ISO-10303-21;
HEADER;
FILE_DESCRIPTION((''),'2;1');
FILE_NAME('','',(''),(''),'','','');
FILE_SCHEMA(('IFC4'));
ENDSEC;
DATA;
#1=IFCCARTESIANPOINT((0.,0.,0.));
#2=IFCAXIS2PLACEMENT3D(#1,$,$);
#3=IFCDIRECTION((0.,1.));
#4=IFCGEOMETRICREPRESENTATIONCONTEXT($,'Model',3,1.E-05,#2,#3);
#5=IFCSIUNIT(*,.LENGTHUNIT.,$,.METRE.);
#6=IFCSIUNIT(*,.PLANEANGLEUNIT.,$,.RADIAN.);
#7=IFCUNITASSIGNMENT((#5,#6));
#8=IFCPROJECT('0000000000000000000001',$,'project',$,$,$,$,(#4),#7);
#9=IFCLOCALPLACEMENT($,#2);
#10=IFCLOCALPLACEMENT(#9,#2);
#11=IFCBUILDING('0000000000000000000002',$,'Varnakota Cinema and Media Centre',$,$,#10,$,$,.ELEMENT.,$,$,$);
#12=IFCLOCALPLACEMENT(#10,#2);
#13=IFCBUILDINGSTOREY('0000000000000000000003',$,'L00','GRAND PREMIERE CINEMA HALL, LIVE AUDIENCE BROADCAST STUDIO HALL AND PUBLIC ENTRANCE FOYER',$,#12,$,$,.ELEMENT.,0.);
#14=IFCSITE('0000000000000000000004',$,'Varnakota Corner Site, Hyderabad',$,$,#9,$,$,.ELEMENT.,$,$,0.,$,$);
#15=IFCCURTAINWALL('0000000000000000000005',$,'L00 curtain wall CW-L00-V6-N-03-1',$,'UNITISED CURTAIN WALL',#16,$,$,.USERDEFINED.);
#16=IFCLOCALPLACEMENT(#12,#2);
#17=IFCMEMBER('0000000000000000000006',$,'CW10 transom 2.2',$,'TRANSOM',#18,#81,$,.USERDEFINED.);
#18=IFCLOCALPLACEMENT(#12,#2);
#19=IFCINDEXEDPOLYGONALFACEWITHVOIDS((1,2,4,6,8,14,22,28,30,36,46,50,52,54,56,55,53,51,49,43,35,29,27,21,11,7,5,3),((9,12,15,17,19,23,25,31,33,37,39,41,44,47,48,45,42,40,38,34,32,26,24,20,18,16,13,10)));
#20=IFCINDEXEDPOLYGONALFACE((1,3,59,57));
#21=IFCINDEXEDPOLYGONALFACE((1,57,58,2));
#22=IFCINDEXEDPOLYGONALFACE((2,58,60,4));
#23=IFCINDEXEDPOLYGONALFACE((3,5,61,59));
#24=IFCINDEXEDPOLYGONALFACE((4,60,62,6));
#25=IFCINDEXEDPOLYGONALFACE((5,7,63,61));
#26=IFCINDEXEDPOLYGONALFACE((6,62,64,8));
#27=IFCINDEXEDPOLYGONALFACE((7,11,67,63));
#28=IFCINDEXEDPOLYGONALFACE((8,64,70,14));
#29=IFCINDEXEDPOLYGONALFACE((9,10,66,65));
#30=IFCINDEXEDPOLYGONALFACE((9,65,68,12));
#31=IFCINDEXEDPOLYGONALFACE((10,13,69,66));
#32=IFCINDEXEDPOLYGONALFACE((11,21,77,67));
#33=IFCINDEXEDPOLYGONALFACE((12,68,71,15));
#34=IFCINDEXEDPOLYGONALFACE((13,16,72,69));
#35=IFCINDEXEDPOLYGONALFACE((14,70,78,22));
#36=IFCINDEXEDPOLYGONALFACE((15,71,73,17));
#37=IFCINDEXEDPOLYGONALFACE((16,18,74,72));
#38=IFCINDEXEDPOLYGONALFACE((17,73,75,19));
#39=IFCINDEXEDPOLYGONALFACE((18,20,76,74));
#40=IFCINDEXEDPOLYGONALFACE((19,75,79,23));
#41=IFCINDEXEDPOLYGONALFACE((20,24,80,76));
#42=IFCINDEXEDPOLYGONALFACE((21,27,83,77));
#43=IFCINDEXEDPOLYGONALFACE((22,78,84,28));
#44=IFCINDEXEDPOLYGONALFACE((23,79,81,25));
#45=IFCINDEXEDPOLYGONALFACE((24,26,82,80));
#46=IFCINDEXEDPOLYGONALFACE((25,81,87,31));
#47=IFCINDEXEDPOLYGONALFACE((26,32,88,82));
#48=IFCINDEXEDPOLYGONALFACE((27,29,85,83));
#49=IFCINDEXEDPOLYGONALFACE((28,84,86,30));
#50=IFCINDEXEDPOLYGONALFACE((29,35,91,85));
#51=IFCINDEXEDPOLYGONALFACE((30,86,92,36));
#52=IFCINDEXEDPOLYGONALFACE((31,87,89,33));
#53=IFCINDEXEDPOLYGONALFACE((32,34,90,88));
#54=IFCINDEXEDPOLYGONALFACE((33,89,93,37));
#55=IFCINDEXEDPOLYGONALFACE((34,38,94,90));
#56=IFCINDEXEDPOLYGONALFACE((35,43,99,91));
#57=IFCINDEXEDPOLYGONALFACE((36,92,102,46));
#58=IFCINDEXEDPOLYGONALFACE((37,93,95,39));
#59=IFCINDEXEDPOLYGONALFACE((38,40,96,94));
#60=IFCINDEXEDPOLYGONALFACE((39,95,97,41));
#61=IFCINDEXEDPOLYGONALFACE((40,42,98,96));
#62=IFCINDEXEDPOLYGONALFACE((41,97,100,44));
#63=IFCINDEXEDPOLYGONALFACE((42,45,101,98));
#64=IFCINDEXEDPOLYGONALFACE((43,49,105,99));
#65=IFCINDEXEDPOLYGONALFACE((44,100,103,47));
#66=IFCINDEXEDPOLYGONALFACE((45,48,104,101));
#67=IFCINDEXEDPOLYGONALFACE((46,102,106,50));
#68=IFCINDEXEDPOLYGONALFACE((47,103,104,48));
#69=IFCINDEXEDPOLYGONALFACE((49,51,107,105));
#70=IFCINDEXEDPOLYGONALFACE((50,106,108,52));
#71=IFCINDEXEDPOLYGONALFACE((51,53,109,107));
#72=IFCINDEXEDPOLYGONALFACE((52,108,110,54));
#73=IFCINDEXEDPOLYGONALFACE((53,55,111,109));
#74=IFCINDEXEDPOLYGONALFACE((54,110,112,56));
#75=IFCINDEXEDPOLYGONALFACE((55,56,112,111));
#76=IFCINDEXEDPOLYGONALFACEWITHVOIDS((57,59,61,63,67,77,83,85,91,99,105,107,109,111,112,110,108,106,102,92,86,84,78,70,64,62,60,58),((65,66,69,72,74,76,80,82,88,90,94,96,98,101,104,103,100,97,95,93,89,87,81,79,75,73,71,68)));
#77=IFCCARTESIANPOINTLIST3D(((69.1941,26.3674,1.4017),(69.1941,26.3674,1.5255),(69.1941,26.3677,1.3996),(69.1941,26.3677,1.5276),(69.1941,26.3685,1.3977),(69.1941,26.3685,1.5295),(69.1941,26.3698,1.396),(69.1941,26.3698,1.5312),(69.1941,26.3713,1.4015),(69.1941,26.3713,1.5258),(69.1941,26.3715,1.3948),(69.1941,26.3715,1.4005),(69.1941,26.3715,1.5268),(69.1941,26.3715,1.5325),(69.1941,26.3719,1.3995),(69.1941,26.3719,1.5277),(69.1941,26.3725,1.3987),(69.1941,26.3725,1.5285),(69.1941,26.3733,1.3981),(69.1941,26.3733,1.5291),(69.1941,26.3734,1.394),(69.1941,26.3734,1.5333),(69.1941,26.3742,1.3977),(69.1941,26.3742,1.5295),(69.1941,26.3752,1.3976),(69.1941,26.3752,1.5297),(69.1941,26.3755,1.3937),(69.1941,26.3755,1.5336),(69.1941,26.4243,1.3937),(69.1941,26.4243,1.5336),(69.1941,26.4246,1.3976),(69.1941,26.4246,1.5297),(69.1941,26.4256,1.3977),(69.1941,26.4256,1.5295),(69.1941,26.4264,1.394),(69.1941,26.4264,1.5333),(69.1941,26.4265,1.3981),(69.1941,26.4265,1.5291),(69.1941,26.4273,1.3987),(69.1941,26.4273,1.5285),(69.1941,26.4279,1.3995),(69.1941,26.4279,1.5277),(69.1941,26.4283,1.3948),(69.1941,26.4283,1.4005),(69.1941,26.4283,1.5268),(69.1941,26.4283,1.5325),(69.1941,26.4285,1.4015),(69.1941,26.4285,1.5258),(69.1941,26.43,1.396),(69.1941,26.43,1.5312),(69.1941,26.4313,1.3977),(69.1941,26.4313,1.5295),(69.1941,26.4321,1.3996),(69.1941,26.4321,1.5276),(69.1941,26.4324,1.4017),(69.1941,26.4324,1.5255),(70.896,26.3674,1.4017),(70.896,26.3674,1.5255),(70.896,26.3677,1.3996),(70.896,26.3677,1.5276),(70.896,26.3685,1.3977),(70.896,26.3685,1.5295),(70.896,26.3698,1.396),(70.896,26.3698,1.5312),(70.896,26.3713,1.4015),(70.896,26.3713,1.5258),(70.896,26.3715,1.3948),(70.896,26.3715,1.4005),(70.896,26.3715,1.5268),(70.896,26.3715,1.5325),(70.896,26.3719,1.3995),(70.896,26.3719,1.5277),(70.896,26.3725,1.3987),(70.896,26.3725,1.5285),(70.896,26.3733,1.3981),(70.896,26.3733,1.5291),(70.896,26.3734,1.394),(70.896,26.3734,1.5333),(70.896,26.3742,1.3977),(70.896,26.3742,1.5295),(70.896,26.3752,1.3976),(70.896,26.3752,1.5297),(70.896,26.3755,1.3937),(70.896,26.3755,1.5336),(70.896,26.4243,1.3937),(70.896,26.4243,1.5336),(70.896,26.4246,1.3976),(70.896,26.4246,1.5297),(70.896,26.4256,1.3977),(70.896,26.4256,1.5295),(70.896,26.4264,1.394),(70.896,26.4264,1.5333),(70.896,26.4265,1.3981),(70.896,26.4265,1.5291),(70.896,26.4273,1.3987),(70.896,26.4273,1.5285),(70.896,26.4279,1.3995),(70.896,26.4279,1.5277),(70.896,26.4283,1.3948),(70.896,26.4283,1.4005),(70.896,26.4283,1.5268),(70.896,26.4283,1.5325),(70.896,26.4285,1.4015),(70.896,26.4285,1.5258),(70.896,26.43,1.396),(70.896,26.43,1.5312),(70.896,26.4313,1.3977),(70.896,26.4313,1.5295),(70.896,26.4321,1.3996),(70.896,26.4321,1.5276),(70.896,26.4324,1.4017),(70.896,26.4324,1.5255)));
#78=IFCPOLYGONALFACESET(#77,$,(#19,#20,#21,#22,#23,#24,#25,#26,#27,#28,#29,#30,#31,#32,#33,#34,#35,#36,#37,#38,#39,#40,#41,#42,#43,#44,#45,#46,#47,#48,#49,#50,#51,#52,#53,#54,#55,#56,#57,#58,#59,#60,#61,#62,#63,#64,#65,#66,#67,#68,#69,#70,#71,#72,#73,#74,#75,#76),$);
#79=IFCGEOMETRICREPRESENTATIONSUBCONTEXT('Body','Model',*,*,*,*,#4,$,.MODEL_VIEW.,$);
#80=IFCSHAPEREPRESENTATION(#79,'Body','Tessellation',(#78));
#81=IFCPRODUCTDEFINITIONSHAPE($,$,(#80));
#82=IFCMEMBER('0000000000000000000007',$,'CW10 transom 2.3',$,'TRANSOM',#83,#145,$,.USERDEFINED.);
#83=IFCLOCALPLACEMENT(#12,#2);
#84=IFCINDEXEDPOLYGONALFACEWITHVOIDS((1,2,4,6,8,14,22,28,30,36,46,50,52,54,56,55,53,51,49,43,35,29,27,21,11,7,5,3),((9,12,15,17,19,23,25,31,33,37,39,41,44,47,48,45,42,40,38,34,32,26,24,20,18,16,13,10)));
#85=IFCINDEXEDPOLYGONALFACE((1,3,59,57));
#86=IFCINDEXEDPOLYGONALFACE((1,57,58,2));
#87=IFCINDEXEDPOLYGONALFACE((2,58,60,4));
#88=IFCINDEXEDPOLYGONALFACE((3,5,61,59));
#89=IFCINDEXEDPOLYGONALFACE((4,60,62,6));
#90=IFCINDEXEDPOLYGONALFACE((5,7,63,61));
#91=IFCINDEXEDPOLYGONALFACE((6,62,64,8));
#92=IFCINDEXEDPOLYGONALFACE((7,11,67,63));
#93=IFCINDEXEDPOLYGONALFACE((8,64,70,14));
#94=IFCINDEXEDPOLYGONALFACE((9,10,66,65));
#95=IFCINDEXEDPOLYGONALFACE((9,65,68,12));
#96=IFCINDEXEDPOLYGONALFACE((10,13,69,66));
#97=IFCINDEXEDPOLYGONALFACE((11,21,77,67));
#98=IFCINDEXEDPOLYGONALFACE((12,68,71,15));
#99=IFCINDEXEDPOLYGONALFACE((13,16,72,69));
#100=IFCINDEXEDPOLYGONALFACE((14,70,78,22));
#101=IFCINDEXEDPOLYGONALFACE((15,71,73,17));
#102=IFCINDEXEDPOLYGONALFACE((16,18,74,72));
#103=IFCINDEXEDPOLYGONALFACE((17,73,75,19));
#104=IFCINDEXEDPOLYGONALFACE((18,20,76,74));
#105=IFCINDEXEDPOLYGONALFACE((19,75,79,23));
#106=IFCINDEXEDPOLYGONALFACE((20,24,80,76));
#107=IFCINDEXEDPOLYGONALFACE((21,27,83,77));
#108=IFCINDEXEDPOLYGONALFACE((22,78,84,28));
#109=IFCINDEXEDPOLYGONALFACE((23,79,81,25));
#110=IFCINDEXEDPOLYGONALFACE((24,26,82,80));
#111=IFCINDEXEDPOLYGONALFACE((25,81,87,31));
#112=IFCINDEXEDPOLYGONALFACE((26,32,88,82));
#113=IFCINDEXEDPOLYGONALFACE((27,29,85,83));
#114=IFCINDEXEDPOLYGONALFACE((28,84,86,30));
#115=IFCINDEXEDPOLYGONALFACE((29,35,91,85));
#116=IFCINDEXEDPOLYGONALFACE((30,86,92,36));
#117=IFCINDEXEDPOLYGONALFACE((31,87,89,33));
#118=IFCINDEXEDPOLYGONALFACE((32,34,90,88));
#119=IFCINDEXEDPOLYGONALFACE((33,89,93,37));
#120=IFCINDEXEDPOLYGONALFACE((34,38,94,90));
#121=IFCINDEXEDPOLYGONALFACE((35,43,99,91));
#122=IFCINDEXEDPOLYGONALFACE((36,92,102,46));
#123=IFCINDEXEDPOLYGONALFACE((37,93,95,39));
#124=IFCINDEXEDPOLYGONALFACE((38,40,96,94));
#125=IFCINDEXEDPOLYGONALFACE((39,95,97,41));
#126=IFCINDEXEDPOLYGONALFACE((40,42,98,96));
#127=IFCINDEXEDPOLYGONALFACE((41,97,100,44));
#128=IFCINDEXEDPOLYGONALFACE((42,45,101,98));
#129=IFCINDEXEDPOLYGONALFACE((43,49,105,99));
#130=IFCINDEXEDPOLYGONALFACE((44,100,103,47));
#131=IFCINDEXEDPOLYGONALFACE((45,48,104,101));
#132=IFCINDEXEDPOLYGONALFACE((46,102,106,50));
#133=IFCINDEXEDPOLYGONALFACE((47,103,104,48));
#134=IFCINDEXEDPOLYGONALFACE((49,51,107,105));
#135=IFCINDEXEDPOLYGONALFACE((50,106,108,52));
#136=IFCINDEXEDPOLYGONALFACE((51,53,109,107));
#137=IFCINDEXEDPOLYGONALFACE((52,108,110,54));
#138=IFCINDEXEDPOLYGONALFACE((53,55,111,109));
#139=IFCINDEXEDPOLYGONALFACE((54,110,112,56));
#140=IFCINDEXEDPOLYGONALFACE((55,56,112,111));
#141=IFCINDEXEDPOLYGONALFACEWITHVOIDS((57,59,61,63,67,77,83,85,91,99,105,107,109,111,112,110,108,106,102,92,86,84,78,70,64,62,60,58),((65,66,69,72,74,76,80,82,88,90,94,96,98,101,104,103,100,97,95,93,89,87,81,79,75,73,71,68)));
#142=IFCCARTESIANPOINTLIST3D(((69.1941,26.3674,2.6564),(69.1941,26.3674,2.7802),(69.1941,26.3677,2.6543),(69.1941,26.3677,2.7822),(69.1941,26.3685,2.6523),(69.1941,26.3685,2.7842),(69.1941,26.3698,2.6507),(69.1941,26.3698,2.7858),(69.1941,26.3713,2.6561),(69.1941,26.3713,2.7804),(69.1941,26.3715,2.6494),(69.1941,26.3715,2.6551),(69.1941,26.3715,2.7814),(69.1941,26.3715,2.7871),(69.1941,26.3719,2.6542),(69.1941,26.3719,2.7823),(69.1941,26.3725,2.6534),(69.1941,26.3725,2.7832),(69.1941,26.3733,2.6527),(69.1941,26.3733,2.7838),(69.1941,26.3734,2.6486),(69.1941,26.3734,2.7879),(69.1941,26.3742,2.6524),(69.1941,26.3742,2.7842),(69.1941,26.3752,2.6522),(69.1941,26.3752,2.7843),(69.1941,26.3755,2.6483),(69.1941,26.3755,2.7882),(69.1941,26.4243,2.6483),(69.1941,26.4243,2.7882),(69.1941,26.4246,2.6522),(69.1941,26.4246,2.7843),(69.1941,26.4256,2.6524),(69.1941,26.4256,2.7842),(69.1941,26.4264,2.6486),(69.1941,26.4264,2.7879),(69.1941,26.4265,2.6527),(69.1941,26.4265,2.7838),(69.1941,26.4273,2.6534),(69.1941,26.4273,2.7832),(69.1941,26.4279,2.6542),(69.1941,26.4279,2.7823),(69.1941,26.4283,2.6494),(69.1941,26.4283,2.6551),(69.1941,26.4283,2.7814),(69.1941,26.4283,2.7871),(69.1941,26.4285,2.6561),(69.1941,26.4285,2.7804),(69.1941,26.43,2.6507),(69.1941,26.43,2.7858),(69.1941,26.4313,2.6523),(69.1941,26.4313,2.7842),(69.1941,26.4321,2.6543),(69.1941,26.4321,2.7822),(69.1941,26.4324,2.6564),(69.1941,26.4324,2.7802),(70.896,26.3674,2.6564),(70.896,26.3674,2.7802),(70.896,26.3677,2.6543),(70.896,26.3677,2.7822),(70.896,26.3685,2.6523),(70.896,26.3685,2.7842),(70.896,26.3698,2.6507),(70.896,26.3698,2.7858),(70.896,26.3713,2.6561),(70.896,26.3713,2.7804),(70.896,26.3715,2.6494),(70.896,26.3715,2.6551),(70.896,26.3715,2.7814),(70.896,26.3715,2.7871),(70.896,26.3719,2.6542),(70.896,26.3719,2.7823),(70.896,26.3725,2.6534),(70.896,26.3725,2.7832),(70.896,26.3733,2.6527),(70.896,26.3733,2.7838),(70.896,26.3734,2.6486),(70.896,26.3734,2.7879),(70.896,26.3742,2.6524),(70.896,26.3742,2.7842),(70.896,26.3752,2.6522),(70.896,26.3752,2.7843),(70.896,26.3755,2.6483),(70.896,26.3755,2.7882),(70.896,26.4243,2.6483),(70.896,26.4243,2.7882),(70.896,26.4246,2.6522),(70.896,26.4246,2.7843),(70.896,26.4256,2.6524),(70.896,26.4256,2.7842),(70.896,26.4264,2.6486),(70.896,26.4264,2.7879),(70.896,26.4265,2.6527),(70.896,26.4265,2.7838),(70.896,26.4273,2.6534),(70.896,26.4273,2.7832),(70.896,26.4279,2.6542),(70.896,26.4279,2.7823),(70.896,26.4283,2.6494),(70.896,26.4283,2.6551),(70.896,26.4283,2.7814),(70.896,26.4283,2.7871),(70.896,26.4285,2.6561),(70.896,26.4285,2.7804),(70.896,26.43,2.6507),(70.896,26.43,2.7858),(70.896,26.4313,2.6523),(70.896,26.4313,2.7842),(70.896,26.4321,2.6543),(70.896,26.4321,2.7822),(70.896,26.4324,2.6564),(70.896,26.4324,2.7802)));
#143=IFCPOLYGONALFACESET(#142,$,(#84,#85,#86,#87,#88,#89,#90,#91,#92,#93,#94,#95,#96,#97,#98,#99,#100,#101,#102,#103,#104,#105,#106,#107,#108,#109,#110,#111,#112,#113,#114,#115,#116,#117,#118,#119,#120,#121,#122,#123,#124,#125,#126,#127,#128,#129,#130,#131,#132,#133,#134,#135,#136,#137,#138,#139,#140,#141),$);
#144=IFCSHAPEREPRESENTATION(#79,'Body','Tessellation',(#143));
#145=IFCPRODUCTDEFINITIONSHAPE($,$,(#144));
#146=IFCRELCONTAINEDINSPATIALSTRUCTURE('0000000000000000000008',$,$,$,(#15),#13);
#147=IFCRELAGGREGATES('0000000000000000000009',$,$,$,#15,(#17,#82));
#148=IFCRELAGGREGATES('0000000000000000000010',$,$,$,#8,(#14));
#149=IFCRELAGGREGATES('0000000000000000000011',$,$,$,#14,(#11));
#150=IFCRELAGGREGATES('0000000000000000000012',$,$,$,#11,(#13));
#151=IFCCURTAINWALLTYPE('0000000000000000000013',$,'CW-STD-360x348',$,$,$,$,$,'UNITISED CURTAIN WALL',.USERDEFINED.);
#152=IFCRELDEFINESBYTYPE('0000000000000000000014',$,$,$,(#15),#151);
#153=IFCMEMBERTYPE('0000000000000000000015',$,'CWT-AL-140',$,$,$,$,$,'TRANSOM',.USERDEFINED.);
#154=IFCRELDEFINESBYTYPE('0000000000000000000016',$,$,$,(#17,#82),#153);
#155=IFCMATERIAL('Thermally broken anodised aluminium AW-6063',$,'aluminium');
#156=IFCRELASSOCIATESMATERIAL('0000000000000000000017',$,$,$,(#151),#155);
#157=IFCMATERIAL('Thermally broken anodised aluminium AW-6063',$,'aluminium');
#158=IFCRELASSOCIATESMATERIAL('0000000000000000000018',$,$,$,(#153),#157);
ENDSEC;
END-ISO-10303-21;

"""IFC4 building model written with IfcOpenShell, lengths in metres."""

from ifc_helpers import new_model, si_unit, direction, frame, origin, origin_2d, place, context, subcontext, project, spatial, hollow_rectangle, extrude, material, material_profile, profile_set, type_object, element, aggregate, save


model = new_model("IFC4")

# Units and contexts
model_context = context("Model", 3, precision=1e-05, world=origin(), true_north=direction((0.0, 1.0)))
body_context = subcontext(model_context, "Body", "Model", "MODEL_VIEW")
ifc_project = project(units=[si_unit("LENGTHUNIT", "METRE"), si_unit("PLANEANGLEUNIT", "RADIAN")], contexts=[model_context])

# Site, building, storey
site_placement = place(None, origin())
site = spatial("IfcSite", under=ifc_project, at=site_placement, Name="Varnakota Corner Site, Hyderabad", CompositionType="ELEMENT", RefElevation=0.0)
building_placement = place(site_placement, origin())
building = spatial("IfcBuilding", under=site, at=building_placement, Name="Varnakota Cinema and Media Centre", CompositionType="ELEMENT")
storey_placement = place(building_placement, origin())
storey = spatial("IfcBuildingStorey", under=building, at=storey_placement, Name="L00", Description="GRAND PREMIERE CINEMA HALL, LIVE AUDIENCE BROADCAST STUDIO HALL AND PUBLIC ENTRANCE FOYER", CompositionType="ELEMENT", Elevation=0.0)

# Curtain wall, members
ifc_material_1 = material(Name="Thermally broken anodised aluminium AW-6063", Category="aluminium")
curtain_wall_type_1 = type_object("IfcCurtainWallType", Name="CW-STD-360x348", ElementType="UNITISED CURTAIN WALL", PredefinedType="USERDEFINED", material=ifc_material_1)
curtain_wall_1_placement = place(storey_placement, origin())
curtain_wall_1 = element("IfcCurtainWall", 1, at=curtain_wall_1_placement, inside=storey, type_object=curtain_wall_type_1, Name="L00 curtain wall CW-L00-V6-N-03-1", ObjectType="UNITISED CURTAIN WALL", PredefinedType="USERDEFINED")
ifc_material_2 = material(Name="Thermally broken anodised aluminium AW-6063", Category="aluminium")
ifc_material_profile_1 = material_profile(ifc_material_2, hollow_rectangle(XDim=0.0649, YDim=0.1399, WallThickness=0.0039, InnerFilletRadius=0.0039, OuterFilletRadius=0.0081, at=origin_2d()), Name="AL-TRANSOM 140x65x4")
ifc_profile_set_1 = profile_set([ifc_material_profile_1], Name="Thermally broken anodised aluminium AW-6063")
member_type_1 = type_object("IfcMemberType", Name="CWT-AL-140", ElementType="TRANSOM", PredefinedType="USERDEFINED", material=ifc_profile_set_1)
member_1_placement = place(storey_placement, frame((69.1941, 26.3999, 1.4636), z_axis=(1.0, 0.0, 0.0), x_axis=(0.0, 1.0, 0.0)))
member_1 = element("IfcMember", 2, at=member_1_placement, type_object=member_type_1, Name="CW10 transom 2.2", ObjectType="TRANSOM", PredefinedType="USERDEFINED", context=body_context, shape_type="SweptSolid", body=[
    extrude(hollow_rectangle(XDim=0.0649, YDim=0.1399, WallThickness=0.0039, InnerFilletRadius=0.0039, OuterFilletRadius=0.0081, at=origin_2d()), origin(), (0.0, 0.0, 1.0), 1.7019),
])
member_2_placement = place(storey_placement, frame((69.1941, 26.3999, 2.7183), z_axis=(1.0, 0.0, 0.0), x_axis=(0.0, 1.0, 0.0)))
member_2 = element("IfcMember", 3, at=member_2_placement, type_object=member_type_1, Name="CW10 transom 2.3", ObjectType="TRANSOM", PredefinedType="USERDEFINED", context=body_context, shape_type="SweptSolid", body=[
    extrude(hollow_rectangle(XDim=0.0649, YDim=0.1399, WallThickness=0.0039, InnerFilletRadius=0.0039, OuterFilletRadius=0.0081, at=origin_2d()), origin(), (0.0, 0.0, 1.0), 1.7019),
])

aggregate(curtain_wall_1, [member_1, member_2])

save(model, "model.ifc")
